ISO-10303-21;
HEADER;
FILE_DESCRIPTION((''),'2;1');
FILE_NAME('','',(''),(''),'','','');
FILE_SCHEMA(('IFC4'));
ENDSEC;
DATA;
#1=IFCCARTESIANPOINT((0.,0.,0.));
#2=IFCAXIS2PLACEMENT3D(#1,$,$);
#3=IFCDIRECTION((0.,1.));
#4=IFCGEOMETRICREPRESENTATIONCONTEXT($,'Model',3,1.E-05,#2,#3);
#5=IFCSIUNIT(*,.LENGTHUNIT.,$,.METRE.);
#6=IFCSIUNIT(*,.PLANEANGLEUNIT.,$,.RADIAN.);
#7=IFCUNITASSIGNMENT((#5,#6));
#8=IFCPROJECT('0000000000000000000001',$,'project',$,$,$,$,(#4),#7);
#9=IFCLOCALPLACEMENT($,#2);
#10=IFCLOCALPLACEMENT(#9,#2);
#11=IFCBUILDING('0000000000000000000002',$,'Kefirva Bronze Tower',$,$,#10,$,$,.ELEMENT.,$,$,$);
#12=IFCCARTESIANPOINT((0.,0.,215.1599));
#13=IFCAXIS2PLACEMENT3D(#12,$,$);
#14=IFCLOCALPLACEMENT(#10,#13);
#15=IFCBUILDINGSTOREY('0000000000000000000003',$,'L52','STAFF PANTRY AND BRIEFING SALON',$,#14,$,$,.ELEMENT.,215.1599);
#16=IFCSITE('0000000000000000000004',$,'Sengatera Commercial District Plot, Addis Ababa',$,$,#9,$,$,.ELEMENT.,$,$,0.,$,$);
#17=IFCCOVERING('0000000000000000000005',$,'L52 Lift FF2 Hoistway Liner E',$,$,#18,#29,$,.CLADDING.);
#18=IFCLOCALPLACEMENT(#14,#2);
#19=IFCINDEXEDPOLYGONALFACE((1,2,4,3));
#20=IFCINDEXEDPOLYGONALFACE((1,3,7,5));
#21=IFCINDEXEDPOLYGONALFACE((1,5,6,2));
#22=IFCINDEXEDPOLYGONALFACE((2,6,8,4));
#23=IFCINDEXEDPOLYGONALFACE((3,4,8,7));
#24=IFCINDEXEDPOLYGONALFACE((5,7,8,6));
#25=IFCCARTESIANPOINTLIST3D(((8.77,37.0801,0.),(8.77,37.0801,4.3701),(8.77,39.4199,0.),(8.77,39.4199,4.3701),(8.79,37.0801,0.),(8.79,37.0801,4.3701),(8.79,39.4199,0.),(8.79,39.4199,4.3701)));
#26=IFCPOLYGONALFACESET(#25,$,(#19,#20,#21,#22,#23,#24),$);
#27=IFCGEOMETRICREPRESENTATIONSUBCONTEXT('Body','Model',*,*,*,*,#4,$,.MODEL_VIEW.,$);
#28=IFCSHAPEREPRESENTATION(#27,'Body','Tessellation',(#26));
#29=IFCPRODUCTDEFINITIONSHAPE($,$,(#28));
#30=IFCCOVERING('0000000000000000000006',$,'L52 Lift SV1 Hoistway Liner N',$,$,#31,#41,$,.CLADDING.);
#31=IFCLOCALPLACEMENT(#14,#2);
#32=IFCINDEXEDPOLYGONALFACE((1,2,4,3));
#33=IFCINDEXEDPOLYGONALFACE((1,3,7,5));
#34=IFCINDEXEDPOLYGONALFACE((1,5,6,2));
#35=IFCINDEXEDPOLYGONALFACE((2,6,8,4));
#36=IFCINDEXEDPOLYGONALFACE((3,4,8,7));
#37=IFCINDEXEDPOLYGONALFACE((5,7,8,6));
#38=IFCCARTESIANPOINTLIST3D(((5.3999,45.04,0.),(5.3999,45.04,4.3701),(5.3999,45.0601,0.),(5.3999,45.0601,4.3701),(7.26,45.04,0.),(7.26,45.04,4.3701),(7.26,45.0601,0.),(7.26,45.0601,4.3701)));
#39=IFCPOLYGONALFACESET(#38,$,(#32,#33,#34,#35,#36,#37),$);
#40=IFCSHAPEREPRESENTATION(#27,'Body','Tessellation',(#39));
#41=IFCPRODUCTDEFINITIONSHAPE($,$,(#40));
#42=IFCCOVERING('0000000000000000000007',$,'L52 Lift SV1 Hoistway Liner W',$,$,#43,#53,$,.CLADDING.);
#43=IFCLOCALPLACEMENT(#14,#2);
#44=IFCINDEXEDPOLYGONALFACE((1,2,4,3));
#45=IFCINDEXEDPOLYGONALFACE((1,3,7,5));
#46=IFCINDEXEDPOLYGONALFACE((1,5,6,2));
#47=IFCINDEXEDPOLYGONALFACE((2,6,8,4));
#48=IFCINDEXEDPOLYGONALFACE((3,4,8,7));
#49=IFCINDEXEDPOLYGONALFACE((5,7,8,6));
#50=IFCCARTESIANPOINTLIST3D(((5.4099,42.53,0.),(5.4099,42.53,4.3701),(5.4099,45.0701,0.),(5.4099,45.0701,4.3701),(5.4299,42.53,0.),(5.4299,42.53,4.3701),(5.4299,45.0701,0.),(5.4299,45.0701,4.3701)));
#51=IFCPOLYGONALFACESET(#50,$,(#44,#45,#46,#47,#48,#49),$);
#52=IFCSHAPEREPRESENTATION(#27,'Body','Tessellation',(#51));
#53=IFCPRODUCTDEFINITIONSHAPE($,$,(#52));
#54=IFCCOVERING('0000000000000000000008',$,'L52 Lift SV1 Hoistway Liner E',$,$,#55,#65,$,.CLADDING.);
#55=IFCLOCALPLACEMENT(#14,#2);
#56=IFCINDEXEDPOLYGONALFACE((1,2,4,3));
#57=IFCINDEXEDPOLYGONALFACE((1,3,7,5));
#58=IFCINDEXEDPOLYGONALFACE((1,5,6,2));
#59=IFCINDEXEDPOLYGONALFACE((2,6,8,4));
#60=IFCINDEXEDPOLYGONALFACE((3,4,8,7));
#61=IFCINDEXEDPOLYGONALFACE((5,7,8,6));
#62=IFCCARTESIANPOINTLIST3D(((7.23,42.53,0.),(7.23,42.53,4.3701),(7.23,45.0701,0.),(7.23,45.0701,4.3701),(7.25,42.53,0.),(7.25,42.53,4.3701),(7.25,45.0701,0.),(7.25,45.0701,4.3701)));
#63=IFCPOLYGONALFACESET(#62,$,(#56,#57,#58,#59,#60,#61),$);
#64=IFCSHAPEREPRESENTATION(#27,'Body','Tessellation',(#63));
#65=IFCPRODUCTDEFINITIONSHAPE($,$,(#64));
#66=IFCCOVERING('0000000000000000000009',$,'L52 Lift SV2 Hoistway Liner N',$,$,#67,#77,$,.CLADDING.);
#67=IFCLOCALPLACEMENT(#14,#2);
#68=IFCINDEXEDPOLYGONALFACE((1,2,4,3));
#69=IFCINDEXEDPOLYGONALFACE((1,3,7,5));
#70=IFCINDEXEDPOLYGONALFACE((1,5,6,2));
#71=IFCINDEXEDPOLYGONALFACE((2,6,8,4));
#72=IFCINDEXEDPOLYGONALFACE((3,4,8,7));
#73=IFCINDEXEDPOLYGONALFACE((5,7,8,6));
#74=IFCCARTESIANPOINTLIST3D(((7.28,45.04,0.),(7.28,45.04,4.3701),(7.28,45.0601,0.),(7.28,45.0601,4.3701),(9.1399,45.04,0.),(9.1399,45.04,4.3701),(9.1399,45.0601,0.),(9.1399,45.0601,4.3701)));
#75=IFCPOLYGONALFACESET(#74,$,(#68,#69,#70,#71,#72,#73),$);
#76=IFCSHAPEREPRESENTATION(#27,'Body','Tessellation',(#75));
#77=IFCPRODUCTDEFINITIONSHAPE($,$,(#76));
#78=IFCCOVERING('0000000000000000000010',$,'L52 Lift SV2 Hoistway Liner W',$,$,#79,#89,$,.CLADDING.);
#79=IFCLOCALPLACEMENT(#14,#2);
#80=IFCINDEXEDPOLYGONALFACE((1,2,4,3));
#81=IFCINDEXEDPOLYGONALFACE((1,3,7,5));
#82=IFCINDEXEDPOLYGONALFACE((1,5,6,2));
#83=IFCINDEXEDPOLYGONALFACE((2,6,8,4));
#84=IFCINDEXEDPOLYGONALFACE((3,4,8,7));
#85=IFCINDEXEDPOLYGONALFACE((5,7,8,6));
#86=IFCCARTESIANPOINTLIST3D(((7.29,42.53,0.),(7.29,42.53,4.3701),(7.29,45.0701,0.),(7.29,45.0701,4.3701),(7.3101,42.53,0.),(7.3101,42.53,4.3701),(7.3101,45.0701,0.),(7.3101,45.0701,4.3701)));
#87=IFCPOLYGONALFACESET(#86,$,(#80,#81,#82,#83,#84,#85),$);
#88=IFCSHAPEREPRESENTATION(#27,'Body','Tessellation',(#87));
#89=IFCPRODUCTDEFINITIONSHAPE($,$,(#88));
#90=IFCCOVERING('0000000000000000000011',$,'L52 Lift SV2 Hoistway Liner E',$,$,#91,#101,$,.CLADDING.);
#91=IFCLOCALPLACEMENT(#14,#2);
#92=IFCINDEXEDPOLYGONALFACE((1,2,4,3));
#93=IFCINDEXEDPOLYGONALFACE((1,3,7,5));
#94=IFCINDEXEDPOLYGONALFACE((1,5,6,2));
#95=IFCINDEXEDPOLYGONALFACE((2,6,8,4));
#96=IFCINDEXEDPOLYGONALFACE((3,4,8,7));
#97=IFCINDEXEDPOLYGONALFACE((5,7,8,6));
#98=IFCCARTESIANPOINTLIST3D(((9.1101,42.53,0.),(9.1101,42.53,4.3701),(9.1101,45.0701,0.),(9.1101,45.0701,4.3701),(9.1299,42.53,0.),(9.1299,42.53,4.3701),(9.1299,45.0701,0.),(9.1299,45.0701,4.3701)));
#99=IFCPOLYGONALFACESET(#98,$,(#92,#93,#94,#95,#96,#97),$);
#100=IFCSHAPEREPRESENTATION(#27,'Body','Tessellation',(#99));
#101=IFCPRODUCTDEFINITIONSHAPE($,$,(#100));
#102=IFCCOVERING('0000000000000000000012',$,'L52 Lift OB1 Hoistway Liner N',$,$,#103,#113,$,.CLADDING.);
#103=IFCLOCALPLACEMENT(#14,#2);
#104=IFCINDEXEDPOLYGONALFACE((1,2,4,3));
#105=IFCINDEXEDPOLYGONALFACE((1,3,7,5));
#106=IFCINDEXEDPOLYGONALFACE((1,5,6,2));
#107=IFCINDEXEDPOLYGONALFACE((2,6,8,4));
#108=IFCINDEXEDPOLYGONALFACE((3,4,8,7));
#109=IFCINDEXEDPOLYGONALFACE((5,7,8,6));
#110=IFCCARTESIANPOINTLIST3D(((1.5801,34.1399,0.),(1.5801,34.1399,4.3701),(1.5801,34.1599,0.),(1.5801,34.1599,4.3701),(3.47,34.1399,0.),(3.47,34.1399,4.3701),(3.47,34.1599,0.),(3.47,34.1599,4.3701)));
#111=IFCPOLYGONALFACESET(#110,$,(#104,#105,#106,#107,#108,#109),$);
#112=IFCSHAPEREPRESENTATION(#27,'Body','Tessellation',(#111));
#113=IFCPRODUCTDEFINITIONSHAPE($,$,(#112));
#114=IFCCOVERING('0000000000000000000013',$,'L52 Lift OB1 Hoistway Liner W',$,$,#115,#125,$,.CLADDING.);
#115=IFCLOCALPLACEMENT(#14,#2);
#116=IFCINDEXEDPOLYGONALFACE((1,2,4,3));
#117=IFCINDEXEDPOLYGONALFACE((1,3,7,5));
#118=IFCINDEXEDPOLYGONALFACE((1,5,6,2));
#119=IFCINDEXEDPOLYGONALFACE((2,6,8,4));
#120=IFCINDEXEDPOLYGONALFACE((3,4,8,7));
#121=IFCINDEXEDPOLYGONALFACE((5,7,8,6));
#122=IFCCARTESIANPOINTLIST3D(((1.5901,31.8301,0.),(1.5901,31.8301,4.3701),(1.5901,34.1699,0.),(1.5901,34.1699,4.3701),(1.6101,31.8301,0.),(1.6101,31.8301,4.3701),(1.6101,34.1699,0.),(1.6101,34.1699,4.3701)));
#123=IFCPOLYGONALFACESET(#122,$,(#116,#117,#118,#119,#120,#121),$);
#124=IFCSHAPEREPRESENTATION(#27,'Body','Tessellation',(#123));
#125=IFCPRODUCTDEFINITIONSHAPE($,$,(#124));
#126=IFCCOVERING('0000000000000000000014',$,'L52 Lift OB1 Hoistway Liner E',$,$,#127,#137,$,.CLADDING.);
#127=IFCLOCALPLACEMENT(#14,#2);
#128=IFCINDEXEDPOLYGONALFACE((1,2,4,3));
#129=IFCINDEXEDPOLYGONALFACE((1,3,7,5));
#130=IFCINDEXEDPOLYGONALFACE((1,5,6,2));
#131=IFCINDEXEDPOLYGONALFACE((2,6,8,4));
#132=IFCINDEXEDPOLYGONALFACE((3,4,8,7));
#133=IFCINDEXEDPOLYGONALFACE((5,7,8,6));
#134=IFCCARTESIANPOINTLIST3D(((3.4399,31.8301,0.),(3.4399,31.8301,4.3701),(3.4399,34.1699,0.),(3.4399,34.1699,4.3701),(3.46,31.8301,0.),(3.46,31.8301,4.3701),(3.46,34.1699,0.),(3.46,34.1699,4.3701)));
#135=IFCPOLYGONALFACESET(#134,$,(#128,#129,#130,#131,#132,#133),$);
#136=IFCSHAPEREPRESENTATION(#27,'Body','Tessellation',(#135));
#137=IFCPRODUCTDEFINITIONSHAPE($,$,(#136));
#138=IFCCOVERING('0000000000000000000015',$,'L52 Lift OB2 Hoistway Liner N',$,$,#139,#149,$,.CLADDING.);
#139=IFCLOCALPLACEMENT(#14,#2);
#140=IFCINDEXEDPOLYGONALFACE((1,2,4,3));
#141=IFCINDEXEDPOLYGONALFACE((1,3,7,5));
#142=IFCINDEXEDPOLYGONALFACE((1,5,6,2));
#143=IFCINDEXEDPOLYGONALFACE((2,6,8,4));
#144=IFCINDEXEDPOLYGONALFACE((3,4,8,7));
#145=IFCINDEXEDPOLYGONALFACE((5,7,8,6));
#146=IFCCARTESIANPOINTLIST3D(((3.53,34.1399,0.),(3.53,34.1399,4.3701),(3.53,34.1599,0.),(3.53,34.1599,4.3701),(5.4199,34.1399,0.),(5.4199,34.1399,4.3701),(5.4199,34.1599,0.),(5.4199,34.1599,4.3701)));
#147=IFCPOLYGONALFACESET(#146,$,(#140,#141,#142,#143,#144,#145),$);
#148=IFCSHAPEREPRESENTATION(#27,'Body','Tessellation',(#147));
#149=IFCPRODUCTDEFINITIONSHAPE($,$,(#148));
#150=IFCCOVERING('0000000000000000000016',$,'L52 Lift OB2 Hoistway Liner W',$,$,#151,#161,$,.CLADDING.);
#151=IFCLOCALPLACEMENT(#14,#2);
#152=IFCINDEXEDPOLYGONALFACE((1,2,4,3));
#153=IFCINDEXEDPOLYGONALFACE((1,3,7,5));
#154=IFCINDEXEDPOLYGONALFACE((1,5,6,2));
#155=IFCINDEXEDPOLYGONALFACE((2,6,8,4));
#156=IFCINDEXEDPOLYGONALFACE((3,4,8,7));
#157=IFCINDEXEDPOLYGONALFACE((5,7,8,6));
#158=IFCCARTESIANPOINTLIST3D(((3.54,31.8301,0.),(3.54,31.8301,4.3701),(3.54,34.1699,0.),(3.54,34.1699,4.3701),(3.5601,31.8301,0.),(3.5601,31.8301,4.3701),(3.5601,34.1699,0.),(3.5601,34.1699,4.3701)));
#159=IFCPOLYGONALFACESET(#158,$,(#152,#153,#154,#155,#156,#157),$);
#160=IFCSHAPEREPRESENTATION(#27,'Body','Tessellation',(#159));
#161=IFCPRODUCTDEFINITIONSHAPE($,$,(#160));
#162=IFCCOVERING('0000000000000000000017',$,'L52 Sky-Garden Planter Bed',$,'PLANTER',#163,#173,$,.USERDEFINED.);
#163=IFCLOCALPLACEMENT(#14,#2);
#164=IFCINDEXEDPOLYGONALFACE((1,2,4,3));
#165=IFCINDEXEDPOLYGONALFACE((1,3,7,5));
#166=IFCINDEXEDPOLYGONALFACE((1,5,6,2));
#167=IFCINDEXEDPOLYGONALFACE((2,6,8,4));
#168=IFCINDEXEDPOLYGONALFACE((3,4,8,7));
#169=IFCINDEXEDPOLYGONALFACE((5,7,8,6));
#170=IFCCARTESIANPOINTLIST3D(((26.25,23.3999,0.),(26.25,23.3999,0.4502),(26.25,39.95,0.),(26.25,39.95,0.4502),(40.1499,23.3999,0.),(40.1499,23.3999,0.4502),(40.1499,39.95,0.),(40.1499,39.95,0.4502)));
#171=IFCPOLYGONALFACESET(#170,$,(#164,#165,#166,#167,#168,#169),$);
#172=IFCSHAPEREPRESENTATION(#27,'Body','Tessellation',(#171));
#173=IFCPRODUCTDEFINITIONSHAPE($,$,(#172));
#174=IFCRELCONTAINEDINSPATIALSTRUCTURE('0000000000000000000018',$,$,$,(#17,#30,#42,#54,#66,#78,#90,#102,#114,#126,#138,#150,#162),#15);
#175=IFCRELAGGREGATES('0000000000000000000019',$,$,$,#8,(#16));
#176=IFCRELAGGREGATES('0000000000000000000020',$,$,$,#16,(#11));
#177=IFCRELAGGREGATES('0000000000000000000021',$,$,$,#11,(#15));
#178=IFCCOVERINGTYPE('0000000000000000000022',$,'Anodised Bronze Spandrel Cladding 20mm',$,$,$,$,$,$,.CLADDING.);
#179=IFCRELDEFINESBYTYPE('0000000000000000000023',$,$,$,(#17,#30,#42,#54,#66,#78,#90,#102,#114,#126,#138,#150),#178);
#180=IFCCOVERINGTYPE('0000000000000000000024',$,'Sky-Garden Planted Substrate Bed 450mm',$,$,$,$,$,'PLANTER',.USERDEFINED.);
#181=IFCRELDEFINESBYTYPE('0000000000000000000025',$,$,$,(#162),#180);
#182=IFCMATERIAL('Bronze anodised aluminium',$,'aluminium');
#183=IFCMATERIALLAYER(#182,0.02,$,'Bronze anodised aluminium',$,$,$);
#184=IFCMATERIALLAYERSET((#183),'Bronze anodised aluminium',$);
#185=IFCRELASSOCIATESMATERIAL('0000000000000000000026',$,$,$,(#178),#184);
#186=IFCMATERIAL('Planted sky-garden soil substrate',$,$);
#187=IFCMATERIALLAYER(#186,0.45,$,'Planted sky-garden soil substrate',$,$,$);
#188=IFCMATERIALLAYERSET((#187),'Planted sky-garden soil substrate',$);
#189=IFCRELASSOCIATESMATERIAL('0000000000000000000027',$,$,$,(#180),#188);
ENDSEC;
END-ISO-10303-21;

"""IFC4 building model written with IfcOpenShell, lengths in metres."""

from ifc_helpers import new_model, si_unit, direction, frame, origin, place, context, subcontext, project, spatial, polyline, outline, extrude, material, layer, layer_set, type_object, element, save


model = new_model("IFC4")

# Units and contexts
model_context = context("Model", 3, precision=1e-05, world=origin(), true_north=direction((0.0, 1.0)))
body_context = subcontext(model_context, "Body", "Model", "MODEL_VIEW")
ifc_project = project(units=[si_unit("LENGTHUNIT", "METRE"), si_unit("PLANEANGLEUNIT", "RADIAN")], contexts=[model_context])

# Site, building, storey
site_placement = place(None, origin())
site = spatial("IfcSite", under=ifc_project, at=site_placement, Name="Sengatera Commercial District Plot, Addis Ababa", CompositionType="ELEMENT", RefElevation=0.0)
building_placement = place(site_placement, origin())
building = spatial("IfcBuilding", under=site, at=building_placement, Name="Kefirva Bronze Tower", CompositionType="ELEMENT")
storey_placement = place(building_placement, frame((0.0, 0.0, 215.1599)))
storey = spatial("IfcBuildingStorey", under=building, at=storey_placement, Name="L52", Description="STAFF PANTRY AND BRIEFING SALON", CompositionType="ELEMENT", Elevation=215.1599)

# Coverings
ifc_material_1 = material(Name="Bronze anodised aluminium", Category="aluminium")
ifc_layer_1 = layer(ifc_material_1, 0.02, Name="Bronze anodised aluminium")
ifc_layer_set_1 = layer_set([ifc_layer_1], Name="Bronze anodised aluminium")
covering_type_1 = type_object("IfcCoveringType", Name="Anodised Bronze Spandrel Cladding 20mm", PredefinedType="CLADDING", material=ifc_layer_set_1)
covering_1_placement = place(storey_placement, origin())
element("IfcCovering", 1, at=covering_1_placement, inside=storey, type_object=covering_type_1, Name="L52 Lift FF2 Hoistway Liner E", PredefinedType="CLADDING", context=body_context, shape_type="SweptSolid", body=[
    extrude(outline(polyline([(8.77, 37.0801), (8.79, 37.0801), (8.79, 39.4199), (8.77, 39.4199), (8.77, 37.0801)])), origin(), (0.0, 0.0, 1.0), 4.3701),
])
covering_2_placement = place(storey_placement, origin())
element("IfcCovering", 2, at=covering_2_placement, inside=storey, type_object=covering_type_1, Name="L52 Lift SV1 Hoistway Liner N", PredefinedType="CLADDING", context=body_context, shape_type="SweptSolid", body=[
    extrude(outline(polyline([(5.3999, 45.04), (7.26, 45.04), (7.26, 45.0601), (5.3999, 45.0601), (5.3999, 45.04)])), origin(), (0.0, 0.0, 1.0), 4.3701),
])
covering_3_placement = place(storey_placement, origin())
element("IfcCovering", 3, at=covering_3_placement, inside=storey, type_object=covering_type_1, Name="L52 Lift SV1 Hoistway Liner W", PredefinedType="CLADDING", context=body_context, shape_type="SweptSolid", body=[
    extrude(outline(polyline([(5.4099, 42.53), (5.4299, 42.53), (5.4299, 45.0701), (5.4099, 45.0701), (5.4099, 42.53)])), origin(), (0.0, 0.0, 1.0), 4.3701),
])
covering_4_placement = place(storey_placement, origin())
element("IfcCovering", 4, at=covering_4_placement, inside=storey, type_object=covering_type_1, Name="L52 Lift SV1 Hoistway Liner E", PredefinedType="CLADDING", context=body_context, shape_type="SweptSolid", body=[
    extrude(outline(polyline([(7.23, 42.53), (7.25, 42.53), (7.25, 45.0701), (7.23, 45.0701), (7.23, 42.53)])), origin(), (0.0, 0.0, 1.0), 4.3701),
])
covering_5_placement = place(storey_placement, origin())
element("IfcCovering", 5, at=covering_5_placement, inside=storey, type_object=covering_type_1, Name="L52 Lift SV2 Hoistway Liner N", PredefinedType="CLADDING", context=body_context, shape_type="SweptSolid", body=[
    extrude(outline(polyline([(7.28, 45.04), (9.1399, 45.04), (9.1399, 45.0601), (7.28, 45.0601), (7.28, 45.04)])), origin(), (0.0, 0.0, 1.0), 4.3701),
])
covering_6_placement = place(storey_placement, origin())
element("IfcCovering", 6, at=covering_6_placement, inside=storey, type_object=covering_type_1, Name="L52 Lift SV2 Hoistway Liner W", PredefinedType="CLADDING", context=body_context, shape_type="SweptSolid", body=[
    extrude(outline(polyline([(7.29, 42.53), (7.3101, 42.53), (7.3101, 45.0701), (7.29, 45.0701), (7.29, 42.53)])), origin(), (0.0, 0.0, 1.0), 4.3701),
])
covering_7_placement = place(storey_placement, origin())
element("IfcCovering", 7, at=covering_7_placement, inside=storey, type_object=covering_type_1, Name="L52 Lift SV2 Hoistway Liner E", PredefinedType="CLADDING", context=body_context, shape_type="SweptSolid", body=[
    extrude(outline(polyline([(9.1101, 42.53), (9.1299, 42.53), (9.1299, 45.0701), (9.1101, 45.0701), (9.1101, 42.53)])), origin(), (0.0, 0.0, 1.0), 4.3701),
])
covering_8_placement = place(storey_placement, origin())
element("IfcCovering", 8, at=covering_8_placement, inside=storey, type_object=covering_type_1, Name="L52 Lift OB1 Hoistway Liner N", PredefinedType="CLADDING", context=body_context, shape_type="SweptSolid", body=[
    extrude(outline(polyline([(1.5801, 34.1399), (3.47, 34.1399), (3.47, 34.1599), (1.5801, 34.1599), (1.5801, 34.1399)])), origin(), (0.0, 0.0, 1.0), 4.3701),
])
covering_9_placement = place(storey_placement, origin())
element("IfcCovering", 9, at=covering_9_placement, inside=storey, type_object=covering_type_1, Name="L52 Lift OB1 Hoistway Liner W", PredefinedType="CLADDING", context=body_context, shape_type="SweptSolid", body=[
    extrude(outline(polyline([(1.5901, 31.8301), (1.6101, 31.8301), (1.6101, 34.1699), (1.5901, 34.1699), (1.5901, 31.8301)])), origin(), (0.0, 0.0, 1.0), 4.3701),
])
covering_10_placement = place(storey_placement, origin())
element("IfcCovering", 10, at=covering_10_placement, inside=storey, type_object=covering_type_1, Name="L52 Lift OB1 Hoistway Liner E", PredefinedType="CLADDING", context=body_context, shape_type="SweptSolid", body=[
    extrude(outline(polyline([(3.4399, 31.8301), (3.46, 31.8301), (3.46, 34.1699), (3.4399, 34.1699), (3.4399, 31.8301)])), origin(), (0.0, 0.0, 1.0), 4.3701),
])
covering_11_placement = place(storey_placement, origin())
element("IfcCovering", 11, at=covering_11_placement, inside=storey, type_object=covering_type_1, Name="L52 Lift OB2 Hoistway Liner N", PredefinedType="CLADDING", context=body_context, shape_type="SweptSolid", body=[
    extrude(outline(polyline([(3.53, 34.1399), (5.4199, 34.1399), (5.4199, 34.1599), (3.53, 34.1599), (3.53, 34.1399)])), origin(), (0.0, 0.0, 1.0), 4.3701),
])
covering_12_placement = place(storey_placement, origin())
element("IfcCovering", 12, at=covering_12_placement, inside=storey, type_object=covering_type_1, Name="L52 Lift OB2 Hoistway Liner W", PredefinedType="CLADDING", context=body_context, shape_type="SweptSolid", body=[
    extrude(outline(polyline([(3.54, 31.8301), (3.5601, 31.8301), (3.5601, 34.1699), (3.54, 34.1699), (3.54, 31.8301)])), origin(), (0.0, 0.0, 1.0), 4.3701),
])
ifc_material_2 = material(Name="Planted sky-garden soil substrate")
ifc_layer_2 = layer(ifc_material_2, 0.45, Name="Planted sky-garden soil substrate")
ifc_layer_set_2 = layer_set([ifc_layer_2], Name="Planted sky-garden soil substrate")
covering_type_2 = type_object("IfcCoveringType", Name="Sky-Garden Planted Substrate Bed 450mm", ElementType="PLANTER", PredefinedType="USERDEFINED", material=ifc_layer_set_2)
covering_13_placement = place(storey_placement, origin())
element("IfcCovering", 13, at=covering_13_placement, inside=storey, type_object=covering_type_2, Name="L52 Sky-Garden Planter Bed", ObjectType="PLANTER", PredefinedType="USERDEFINED", context=body_context, shape_type="SweptSolid", body=[
    extrude(outline(polyline([(26.25, 23.3999), (40.1499, 23.3999), (40.1499, 39.95), (26.25, 39.95), (26.25, 23.3999)])), origin(), (0.0, 0.0, 1.0), 0.4502),
])

save(model, "model.ifc")
